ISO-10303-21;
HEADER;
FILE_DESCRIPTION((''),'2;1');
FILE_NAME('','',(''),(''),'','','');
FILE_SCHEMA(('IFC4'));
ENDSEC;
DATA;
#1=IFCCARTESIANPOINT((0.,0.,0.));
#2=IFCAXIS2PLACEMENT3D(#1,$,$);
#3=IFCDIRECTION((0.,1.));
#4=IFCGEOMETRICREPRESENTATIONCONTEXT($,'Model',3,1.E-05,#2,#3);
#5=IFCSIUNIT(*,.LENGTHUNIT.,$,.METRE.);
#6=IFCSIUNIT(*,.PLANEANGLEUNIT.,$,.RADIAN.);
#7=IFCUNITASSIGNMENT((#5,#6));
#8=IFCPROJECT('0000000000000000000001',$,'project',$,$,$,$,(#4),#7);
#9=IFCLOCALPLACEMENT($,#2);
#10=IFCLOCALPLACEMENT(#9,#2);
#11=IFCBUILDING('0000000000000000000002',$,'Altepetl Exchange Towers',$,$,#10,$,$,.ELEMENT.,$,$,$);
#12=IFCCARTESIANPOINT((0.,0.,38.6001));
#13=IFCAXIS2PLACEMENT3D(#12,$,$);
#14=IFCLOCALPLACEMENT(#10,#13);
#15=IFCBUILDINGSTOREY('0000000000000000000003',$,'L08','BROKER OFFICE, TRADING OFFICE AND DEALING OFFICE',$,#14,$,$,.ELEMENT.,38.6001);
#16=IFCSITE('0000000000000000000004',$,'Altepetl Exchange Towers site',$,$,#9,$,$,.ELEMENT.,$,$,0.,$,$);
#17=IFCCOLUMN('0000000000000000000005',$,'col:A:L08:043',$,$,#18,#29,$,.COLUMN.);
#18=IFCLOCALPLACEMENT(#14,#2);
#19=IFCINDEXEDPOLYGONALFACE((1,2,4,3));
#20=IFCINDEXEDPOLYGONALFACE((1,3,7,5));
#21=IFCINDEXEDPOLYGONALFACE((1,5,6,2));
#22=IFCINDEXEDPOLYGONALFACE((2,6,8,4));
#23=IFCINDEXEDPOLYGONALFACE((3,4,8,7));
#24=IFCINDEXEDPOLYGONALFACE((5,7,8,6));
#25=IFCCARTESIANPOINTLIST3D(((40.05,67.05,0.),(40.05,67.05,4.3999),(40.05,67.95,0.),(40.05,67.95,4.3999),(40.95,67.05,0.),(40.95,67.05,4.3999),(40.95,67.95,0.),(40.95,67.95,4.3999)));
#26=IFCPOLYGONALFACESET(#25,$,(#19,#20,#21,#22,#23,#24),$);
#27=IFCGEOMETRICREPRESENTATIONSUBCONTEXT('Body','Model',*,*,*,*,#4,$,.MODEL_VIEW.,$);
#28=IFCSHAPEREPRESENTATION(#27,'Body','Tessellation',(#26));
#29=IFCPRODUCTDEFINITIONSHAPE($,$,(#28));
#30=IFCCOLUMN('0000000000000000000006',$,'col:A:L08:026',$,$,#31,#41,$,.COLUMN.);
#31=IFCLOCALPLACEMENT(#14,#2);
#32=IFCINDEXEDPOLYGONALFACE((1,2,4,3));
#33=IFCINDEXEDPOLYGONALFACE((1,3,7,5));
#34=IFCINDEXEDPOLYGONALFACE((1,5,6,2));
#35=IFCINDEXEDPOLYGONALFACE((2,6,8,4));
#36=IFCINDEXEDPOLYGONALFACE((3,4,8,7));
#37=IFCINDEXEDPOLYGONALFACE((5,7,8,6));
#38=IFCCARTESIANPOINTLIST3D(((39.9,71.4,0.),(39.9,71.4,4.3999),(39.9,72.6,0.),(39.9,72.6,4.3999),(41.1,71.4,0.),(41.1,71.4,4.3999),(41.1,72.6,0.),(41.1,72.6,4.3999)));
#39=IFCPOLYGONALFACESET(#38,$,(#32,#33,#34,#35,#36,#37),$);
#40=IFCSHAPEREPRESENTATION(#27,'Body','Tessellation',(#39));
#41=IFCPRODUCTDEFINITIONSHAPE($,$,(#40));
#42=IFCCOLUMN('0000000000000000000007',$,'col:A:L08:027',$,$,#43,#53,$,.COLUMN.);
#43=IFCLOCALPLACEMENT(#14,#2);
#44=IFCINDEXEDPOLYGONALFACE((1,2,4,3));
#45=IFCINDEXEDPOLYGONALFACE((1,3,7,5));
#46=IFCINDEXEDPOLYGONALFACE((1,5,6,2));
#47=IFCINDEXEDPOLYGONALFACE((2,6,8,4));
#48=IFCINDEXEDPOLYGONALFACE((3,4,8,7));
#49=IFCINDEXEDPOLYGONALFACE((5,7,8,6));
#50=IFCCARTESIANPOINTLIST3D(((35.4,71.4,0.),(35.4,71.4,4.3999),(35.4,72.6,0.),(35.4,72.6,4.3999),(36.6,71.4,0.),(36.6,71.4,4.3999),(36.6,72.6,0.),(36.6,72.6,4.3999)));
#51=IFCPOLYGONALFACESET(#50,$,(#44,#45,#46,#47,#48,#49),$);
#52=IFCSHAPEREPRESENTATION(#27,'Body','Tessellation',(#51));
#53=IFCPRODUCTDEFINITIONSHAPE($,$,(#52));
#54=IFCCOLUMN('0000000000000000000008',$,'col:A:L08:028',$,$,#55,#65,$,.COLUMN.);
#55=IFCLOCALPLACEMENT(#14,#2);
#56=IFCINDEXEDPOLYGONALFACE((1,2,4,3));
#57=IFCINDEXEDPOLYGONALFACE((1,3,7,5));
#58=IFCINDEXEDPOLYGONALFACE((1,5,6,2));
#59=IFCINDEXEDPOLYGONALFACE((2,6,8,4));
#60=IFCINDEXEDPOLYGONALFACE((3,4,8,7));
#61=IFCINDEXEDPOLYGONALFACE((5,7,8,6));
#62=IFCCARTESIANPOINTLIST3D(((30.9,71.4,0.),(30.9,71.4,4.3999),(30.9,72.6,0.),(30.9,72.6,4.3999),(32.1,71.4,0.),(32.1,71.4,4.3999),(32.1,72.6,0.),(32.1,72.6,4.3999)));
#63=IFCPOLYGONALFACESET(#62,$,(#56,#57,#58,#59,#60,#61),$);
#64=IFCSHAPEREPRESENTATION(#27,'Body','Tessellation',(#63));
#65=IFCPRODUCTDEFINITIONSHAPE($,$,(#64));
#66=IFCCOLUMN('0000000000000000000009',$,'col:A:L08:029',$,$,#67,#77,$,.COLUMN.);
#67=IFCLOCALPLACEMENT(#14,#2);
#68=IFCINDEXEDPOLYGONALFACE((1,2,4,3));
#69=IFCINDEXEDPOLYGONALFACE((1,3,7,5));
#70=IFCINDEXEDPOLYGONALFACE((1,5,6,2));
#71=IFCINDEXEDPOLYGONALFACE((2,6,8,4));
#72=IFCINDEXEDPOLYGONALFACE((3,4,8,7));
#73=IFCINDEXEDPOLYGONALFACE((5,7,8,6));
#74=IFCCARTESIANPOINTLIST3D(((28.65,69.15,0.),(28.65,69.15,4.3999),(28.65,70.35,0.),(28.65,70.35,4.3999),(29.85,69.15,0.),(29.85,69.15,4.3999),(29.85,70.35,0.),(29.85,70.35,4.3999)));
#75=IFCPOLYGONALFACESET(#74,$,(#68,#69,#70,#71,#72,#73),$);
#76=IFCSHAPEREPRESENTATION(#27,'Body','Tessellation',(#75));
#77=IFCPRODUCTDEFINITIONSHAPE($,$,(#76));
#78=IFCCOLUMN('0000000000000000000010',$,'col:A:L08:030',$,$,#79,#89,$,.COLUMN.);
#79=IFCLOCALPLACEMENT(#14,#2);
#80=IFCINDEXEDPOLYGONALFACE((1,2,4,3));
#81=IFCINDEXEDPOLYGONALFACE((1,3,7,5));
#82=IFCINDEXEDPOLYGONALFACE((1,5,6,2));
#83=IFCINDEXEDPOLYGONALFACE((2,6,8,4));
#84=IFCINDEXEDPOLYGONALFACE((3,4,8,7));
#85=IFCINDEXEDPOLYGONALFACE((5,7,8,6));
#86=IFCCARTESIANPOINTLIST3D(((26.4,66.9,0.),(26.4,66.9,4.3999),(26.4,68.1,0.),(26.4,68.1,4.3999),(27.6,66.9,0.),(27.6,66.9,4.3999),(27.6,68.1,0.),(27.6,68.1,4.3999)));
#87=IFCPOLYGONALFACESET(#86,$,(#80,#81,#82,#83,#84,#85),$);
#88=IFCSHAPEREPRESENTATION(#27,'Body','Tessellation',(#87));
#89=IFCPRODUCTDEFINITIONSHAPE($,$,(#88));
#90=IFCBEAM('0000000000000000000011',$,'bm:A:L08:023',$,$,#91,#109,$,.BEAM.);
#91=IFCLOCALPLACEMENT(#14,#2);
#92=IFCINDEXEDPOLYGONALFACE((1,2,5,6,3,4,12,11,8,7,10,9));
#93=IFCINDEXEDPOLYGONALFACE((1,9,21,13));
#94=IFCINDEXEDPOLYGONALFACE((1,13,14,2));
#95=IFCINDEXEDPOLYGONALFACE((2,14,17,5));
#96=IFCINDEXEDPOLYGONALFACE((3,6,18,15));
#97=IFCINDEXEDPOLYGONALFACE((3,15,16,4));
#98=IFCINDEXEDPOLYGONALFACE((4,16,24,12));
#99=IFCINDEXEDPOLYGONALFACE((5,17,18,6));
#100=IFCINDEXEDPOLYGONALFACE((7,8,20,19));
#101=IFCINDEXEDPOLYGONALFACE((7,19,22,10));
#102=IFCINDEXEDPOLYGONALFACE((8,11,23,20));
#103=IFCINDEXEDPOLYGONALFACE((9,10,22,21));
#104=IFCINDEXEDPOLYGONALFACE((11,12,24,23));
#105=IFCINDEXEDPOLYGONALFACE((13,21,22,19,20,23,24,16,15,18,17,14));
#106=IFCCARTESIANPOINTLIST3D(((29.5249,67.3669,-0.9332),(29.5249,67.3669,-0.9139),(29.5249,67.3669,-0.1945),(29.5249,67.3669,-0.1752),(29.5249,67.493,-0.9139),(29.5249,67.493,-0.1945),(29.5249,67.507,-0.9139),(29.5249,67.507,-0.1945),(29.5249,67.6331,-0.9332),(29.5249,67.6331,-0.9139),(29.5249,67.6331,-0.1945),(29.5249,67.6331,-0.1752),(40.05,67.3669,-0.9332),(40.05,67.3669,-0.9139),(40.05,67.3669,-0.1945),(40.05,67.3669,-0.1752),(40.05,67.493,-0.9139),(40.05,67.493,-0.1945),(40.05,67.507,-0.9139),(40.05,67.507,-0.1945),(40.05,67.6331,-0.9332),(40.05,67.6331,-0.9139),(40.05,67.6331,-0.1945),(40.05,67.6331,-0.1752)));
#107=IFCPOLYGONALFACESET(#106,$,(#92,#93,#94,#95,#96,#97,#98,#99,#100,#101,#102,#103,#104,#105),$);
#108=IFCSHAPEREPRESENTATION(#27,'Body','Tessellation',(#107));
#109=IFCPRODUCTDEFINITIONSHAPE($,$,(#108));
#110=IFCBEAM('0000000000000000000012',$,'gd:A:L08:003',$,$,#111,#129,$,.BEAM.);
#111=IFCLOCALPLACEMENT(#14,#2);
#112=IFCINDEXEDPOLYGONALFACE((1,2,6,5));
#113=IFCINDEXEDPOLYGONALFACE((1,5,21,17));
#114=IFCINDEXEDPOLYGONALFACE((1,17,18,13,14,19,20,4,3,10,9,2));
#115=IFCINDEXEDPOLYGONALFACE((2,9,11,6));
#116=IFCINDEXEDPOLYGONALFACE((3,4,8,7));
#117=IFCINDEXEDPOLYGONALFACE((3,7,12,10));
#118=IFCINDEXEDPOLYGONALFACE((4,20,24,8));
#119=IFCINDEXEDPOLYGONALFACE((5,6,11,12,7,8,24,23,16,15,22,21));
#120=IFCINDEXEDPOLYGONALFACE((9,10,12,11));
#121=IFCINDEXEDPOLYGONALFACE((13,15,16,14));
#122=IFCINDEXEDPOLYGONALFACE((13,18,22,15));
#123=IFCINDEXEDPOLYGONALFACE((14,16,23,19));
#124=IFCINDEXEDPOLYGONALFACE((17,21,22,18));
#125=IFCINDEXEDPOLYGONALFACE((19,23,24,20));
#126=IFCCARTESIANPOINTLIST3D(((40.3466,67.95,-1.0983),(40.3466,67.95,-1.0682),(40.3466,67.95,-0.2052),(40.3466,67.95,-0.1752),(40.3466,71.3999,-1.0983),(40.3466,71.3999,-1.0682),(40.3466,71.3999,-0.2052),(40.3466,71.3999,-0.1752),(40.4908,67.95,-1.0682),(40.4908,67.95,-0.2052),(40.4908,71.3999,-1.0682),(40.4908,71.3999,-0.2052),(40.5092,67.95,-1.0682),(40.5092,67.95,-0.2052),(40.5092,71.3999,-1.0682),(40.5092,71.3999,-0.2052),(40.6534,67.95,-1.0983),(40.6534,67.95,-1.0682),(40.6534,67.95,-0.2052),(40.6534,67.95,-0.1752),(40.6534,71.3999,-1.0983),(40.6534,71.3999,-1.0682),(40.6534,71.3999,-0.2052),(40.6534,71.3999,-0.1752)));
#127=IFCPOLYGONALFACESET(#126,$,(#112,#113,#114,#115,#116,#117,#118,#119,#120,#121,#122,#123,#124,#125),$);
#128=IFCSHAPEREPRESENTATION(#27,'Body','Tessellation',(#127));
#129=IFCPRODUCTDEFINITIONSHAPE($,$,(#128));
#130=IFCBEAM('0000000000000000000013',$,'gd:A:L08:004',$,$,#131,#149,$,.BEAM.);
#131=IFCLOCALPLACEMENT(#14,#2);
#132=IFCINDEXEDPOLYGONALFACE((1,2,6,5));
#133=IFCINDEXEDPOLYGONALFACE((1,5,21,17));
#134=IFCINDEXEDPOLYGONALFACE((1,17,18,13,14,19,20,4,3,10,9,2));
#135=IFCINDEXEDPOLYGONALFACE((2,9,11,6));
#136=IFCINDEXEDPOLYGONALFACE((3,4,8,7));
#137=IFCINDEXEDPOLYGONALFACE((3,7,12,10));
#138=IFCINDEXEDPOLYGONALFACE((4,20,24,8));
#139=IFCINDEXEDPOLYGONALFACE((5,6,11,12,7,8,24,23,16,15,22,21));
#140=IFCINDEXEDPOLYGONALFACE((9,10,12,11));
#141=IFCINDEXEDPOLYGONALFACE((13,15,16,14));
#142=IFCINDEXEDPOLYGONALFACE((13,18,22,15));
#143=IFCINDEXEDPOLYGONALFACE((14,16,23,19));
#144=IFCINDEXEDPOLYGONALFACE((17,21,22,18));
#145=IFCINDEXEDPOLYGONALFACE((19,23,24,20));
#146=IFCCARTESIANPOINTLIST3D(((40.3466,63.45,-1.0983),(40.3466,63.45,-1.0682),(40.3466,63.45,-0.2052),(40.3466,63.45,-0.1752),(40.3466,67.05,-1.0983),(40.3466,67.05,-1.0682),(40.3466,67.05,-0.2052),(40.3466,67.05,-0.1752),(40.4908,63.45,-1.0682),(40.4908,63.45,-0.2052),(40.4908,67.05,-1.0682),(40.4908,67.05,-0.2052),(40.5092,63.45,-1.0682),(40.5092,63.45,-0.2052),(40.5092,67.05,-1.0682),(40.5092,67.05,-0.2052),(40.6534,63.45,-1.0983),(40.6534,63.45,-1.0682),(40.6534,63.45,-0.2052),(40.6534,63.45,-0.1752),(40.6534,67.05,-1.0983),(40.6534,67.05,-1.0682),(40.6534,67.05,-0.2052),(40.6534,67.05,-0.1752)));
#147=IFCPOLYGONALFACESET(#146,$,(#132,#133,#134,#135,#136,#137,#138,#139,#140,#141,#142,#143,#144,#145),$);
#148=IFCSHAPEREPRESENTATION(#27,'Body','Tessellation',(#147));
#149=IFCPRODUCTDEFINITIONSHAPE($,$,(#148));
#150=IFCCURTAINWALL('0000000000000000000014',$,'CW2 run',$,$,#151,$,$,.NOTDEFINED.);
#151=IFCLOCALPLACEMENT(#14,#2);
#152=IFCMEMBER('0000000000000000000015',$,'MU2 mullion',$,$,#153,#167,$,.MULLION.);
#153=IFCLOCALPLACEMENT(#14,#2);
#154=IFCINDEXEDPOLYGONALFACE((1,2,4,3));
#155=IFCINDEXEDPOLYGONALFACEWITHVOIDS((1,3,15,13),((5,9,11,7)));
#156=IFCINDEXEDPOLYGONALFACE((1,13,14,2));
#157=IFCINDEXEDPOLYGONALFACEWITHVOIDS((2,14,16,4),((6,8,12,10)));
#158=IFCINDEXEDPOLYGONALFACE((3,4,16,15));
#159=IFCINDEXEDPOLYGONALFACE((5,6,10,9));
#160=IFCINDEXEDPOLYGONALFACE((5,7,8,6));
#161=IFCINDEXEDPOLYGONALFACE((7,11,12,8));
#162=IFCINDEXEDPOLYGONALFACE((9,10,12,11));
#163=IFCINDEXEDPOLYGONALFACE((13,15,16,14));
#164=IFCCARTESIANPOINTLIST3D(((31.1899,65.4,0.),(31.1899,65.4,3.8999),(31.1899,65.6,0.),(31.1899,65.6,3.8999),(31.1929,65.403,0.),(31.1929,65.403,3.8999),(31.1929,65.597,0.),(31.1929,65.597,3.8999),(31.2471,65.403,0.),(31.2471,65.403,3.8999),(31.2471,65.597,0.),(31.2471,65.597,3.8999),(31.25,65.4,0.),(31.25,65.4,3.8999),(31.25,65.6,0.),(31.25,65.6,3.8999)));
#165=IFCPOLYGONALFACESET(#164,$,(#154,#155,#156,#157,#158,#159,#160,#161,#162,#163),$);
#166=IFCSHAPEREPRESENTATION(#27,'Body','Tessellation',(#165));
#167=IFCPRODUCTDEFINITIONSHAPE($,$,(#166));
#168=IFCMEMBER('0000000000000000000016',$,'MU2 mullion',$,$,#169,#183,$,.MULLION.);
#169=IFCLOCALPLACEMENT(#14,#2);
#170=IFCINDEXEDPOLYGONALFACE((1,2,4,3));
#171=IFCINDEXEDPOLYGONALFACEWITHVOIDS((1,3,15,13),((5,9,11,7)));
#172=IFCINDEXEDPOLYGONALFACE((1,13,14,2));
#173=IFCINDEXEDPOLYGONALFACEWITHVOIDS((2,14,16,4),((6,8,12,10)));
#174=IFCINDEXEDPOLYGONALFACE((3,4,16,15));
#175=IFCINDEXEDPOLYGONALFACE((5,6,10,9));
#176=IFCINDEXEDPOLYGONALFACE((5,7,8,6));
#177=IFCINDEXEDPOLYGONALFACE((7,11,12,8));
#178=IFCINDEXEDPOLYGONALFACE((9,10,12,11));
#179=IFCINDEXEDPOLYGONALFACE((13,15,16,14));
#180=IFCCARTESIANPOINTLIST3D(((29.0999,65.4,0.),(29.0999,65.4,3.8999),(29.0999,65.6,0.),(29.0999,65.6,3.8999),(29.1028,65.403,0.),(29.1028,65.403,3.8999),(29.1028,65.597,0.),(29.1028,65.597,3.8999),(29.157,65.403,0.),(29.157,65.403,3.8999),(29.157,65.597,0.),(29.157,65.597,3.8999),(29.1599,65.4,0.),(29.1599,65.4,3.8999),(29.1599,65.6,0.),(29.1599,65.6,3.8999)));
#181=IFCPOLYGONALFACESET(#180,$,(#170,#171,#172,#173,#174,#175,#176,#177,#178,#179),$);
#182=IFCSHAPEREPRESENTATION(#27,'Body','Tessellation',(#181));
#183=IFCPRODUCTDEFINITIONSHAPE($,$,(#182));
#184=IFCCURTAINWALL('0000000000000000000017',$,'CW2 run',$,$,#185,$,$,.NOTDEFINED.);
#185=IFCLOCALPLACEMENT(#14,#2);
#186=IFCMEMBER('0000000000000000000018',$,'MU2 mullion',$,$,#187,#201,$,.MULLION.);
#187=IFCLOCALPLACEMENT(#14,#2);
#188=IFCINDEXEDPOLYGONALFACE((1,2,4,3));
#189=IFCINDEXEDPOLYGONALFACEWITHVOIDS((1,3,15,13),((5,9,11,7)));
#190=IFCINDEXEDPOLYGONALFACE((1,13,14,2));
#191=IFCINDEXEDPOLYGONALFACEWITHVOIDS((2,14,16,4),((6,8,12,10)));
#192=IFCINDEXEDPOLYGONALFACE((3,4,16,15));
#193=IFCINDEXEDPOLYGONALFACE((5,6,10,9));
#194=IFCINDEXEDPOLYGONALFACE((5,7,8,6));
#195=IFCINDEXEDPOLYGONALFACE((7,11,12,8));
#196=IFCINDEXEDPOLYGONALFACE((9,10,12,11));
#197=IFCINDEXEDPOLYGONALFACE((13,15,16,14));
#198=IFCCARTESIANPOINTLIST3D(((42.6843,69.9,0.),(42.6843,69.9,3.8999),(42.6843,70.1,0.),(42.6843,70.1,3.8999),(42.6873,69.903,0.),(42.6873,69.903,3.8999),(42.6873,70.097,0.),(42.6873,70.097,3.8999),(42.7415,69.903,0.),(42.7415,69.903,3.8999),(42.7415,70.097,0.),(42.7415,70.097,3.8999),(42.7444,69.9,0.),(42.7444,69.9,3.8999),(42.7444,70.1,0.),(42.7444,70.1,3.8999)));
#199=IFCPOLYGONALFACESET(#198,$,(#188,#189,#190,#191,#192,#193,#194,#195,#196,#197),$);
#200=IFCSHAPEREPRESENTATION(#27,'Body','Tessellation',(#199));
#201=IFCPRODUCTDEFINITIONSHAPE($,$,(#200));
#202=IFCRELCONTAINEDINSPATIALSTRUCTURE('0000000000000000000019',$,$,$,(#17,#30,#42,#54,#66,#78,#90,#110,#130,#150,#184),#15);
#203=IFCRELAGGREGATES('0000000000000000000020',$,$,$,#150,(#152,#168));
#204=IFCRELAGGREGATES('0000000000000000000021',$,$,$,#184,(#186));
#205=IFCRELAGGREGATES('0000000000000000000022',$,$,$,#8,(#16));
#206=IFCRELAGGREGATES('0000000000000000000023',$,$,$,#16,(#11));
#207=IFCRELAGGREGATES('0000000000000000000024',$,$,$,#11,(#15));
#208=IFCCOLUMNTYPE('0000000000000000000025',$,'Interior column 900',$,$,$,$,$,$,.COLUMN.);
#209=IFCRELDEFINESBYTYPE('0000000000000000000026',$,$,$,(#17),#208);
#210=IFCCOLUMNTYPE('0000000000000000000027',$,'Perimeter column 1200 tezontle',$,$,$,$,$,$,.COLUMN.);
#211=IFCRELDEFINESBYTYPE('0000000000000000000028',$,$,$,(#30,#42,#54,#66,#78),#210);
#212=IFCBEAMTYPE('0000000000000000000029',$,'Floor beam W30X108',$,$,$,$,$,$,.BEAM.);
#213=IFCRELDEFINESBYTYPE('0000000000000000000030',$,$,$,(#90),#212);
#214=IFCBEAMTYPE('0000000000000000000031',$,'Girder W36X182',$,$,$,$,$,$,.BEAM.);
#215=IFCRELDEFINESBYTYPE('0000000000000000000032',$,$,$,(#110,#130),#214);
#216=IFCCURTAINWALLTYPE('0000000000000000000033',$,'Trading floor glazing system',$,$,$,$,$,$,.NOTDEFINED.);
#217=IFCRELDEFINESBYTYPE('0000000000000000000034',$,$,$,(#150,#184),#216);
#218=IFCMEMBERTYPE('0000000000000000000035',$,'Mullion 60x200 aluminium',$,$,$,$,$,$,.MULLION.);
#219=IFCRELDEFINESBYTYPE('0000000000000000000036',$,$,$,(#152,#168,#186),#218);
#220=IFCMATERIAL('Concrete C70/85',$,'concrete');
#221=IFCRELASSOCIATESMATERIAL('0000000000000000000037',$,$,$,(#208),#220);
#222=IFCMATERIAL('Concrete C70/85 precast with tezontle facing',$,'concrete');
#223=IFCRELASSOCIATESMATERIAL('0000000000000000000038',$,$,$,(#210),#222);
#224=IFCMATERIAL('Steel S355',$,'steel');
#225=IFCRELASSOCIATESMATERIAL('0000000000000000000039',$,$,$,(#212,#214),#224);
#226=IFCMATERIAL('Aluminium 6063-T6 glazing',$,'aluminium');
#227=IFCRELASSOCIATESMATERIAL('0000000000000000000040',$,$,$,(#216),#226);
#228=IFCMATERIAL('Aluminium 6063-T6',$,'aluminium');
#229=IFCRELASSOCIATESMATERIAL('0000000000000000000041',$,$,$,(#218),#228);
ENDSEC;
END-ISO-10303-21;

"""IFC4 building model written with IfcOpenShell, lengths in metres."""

from ifc_helpers import new_model, si_unit, direction, frame, origin, origin_2d, place, context, subcontext, project, spatial, rectangle, hollow_rectangle, i_section, extrude, material, material_profile, profile_set, type_object, element, aggregate, save


model = new_model("IFC4")

# Units and contexts
model_context = context("Model", 3, precision=1e-05, world=origin(), true_north=direction((0.0, 1.0)))
body_context = subcontext(model_context, "Body", "Model", "MODEL_VIEW")
ifc_project = project(units=[si_unit("LENGTHUNIT", "METRE"), si_unit("PLANEANGLEUNIT", "RADIAN")], contexts=[model_context])

# Site, building, storey
site_placement = place(None, origin())
site = spatial("IfcSite", under=ifc_project, at=site_placement, Name="Altepetl Exchange Towers site", CompositionType="ELEMENT", RefElevation=0.0)
building_placement = place(site_placement, origin())
building = spatial("IfcBuilding", under=site, at=building_placement, Name="Altepetl Exchange Towers", CompositionType="ELEMENT")
storey_placement = place(building_placement, frame((0.0, 0.0, 38.6001)))
storey = spatial("IfcBuildingStorey", under=building, at=storey_placement, Name="L08", Description="BROKER OFFICE, TRADING OFFICE AND DEALING OFFICE", CompositionType="ELEMENT", Elevation=38.6001)

# Columns
ifc_material_1 = material(Name="Concrete C70/85", Category="concrete")
ifc_material_profile_1 = material_profile(ifc_material_1, rectangle(XDim=0.8999, YDim=0.8999, at=origin_2d()), Name="900 x 900")
ifc_profile_set_1 = profile_set([ifc_material_profile_1], Name="Concrete C70/85")
column_type_1 = type_object("IfcColumnType", Name="Interior column 900", PredefinedType="COLUMN", material=ifc_profile_set_1)
column_placement = place(storey_placement, frame((40.5, 67.5, 0.0)))
element("IfcColumn", 1, at=column_placement, inside=storey, type_object=column_type_1, Name="col:A:L08:043", PredefinedType="COLUMN", context=body_context, shape_type="SweptSolid", body=[
    extrude(rectangle(XDim=0.8999, YDim=0.8999, at=origin_2d()), origin(), (0.0, 0.0, 1.0), 4.3999),
])
ifc_material_2 = material(Name="Concrete C70/85 precast with tezontle facing", Category="concrete")
ifc_material_profile_2 = material_profile(ifc_material_2, rectangle(XDim=1.2, YDim=1.2, at=origin_2d()), Name="1200 x 1200")
ifc_profile_set_2 = profile_set([ifc_material_profile_2], Name="Concrete C70/85 precast with tezontle facing")
column_type_2 = type_object("IfcColumnType", Name="Perimeter column 1200 tezontle", PredefinedType="COLUMN", material=ifc_profile_set_2)
for number, where, name in (
    (2, (40.5, 72.0, 0.0), "col:A:L08:026"),
    (3, (36.0, 72.0, 0.0), "col:A:L08:027"),
    (4, (31.5, 72.0, 0.0), "col:A:L08:028"),
    (5, (29.25, 69.75, 0.0), "col:A:L08:029"),
    (6, (27.0, 67.5, 0.0), "col:A:L08:030"),
):
    element("IfcColumn", number, at=place(storey_placement, frame(where)), inside=storey, type_object=column_type_2, Name=name, PredefinedType="COLUMN", context=body_context, shape_type="SweptSolid", body=[
        extrude(rectangle(XDim=1.2, YDim=1.2, at=origin_2d()), origin(), (0.0, 0.0, 1.0), 4.3999),
    ])

# Beams
ifc_material_3 = material(Name="Steel S355", Category="steel")
ifc_material_profile_3 = material_profile(ifc_material_3, i_section(OverallWidth=0.2661, OverallDepth=0.7581, WebThickness=0.0139, FlangeThickness=0.0193, at=origin_2d()), Name="W30X108")
ifc_profile_set_3 = profile_set([ifc_material_profile_3], Name="Steel S355")
beam_type_1 = type_object("IfcBeamType", Name="Floor beam W30X108", PredefinedType="BEAM", material=ifc_profile_set_3)
beam_1_placement = place(storey_placement, frame((29.5249, 67.5, -0.5542), z_axis=(1.0, 0.0, 0.0), x_axis=(0.0, 1.0, 0.0)))
element("IfcBeam", 7, at=beam_1_placement, inside=storey, type_object=beam_type_1, Name="bm:A:L08:023", PredefinedType="BEAM", context=body_context, shape_type="SweptSolid", body=[
    extrude(i_section(OverallWidth=0.2661, OverallDepth=0.7581, WebThickness=0.0139, FlangeThickness=0.0193, at=origin_2d()), origin(), (0.0, 0.0, 1.0), 10.5251),
])
ifc_material_profile_4 = material_profile(ifc_material_3, i_section(OverallWidth=0.3069, OverallDepth=0.9231, WebThickness=0.0183, FlangeThickness=0.03, at=origin_2d()), Name="W36X182")
ifc_profile_set_4 = profile_set([ifc_material_profile_4], Name="Steel S355")
beam_type_2 = type_object("IfcBeamType", Name="Girder W36X182", PredefinedType="BEAM", material=ifc_profile_set_4)
beam_2_placement = place(storey_placement, frame((40.5, 71.3999, -0.6367), z_axis=(0.0, -1.0, 0.0), x_axis=(1.0, 0.0, 0.0)))
element("IfcBeam", 8, at=beam_2_placement, inside=storey, type_object=beam_type_2, Name="gd:A:L08:003", PredefinedType="BEAM", context=body_context, shape_type="SweptSolid", body=[
    extrude(i_section(OverallWidth=0.3069, OverallDepth=0.9231, WebThickness=0.0183, FlangeThickness=0.03, at=origin_2d()), origin(), (0.0, 0.0, 1.0), 3.45),
])
beam_3_placement = place(storey_placement, frame((40.5, 67.05, -0.6367), z_axis=(0.0, -1.0, 0.0), x_axis=(1.0, 0.0, 0.0)))
element("IfcBeam", 9, at=beam_3_placement, inside=storey, type_object=beam_type_2, Name="gd:A:L08:004", PredefinedType="BEAM", context=body_context, shape_type="SweptSolid", body=[
    extrude(i_section(OverallWidth=0.3069, OverallDepth=0.9231, WebThickness=0.0183, FlangeThickness=0.03, at=origin_2d()), origin(), (0.0, 0.0, 1.0), 3.6001),
])

# Curtain walls, members
ifc_material_4 = material(Name="Aluminium 6063-T6 glazing", Category="aluminium")
curtain_wall_type = type_object("IfcCurtainWallType", Name="Trading floor glazing system", PredefinedType="NOTDEFINED", material=ifc_material_4)
curtain_wall_1_placement = place(storey_placement, origin())
curtain_wall_1 = element("IfcCurtainWall", 10, at=curtain_wall_1_placement, inside=storey, type_object=curtain_wall_type, Name="CW2 run", PredefinedType="NOTDEFINED")
ifc_material_5 = material(Name="Aluminium 6063-T6", Category="aluminium")
ifc_material_profile_5 = material_profile(ifc_material_5, hollow_rectangle(XDim=0.0601, YDim=0.2, WallThickness=0.0029, at=origin_2d()), Name="Mullion 60x200 aluminium")
ifc_profile_set_5 = profile_set([ifc_material_profile_5], Name="Aluminium 6063-T6")
member_type = type_object("IfcMemberType", Name="Mullion 60x200 aluminium", PredefinedType="MULLION", material=ifc_profile_set_5)
member_1_placement = place(storey_placement, frame((31.22, 65.5, 0.0), z_axis=(0.0, 0.0, 1.0), x_axis=(-1.0, 0.0, 0.0)))
member_1 = element("IfcMember", 11, at=member_1_placement, type_object=member_type, Name="MU2 mullion", PredefinedType="MULLION", context=body_context, shape_type="SweptSolid", body=[
    extrude(hollow_rectangle(XDim=0.0601, YDim=0.2, WallThickness=0.0029, at=origin_2d()), origin(), (0.0, 0.0, 1.0), 3.8999),
])
member_2_placement = place(storey_placement, frame((29.1299, 65.5, 0.0), z_axis=(0.0, 0.0, 1.0), x_axis=(-1.0, 0.0, 0.0)))
member_2 = element("IfcMember", 12, at=member_2_placement, type_object=member_type, Name="MU2 mullion", PredefinedType="MULLION", context=body_context, shape_type="SweptSolid", body=[
    extrude(hollow_rectangle(XDim=0.0601, YDim=0.2, WallThickness=0.0029, at=origin_2d()), origin(), (0.0, 0.0, 1.0), 3.8999),
])
curtain_wall_2_placement = place(storey_placement, origin())
curtain_wall_2 = element("IfcCurtainWall", 13, at=curtain_wall_2_placement, inside=storey, type_object=curtain_wall_type, Name="CW2 run", PredefinedType="NOTDEFINED")
member_3_placement = place(storey_placement, frame((42.7144, 70.0, 0.0), z_axis=(0.0, 0.0, 1.0), x_axis=(-1.0, 0.0, 0.0)))
member_3 = element("IfcMember", 14, at=member_3_placement, type_object=member_type, Name="MU2 mullion", PredefinedType="MULLION", context=body_context, shape_type="SweptSolid", body=[
    extrude(hollow_rectangle(XDim=0.0601, YDim=0.2, WallThickness=0.0029, at=origin_2d()), origin(), (0.0, 0.0, 1.0), 3.8999),
])

aggregate(curtain_wall_1, [member_1, member_2])
aggregate(curtain_wall_2, [member_3])

save(model, "model.ifc")
